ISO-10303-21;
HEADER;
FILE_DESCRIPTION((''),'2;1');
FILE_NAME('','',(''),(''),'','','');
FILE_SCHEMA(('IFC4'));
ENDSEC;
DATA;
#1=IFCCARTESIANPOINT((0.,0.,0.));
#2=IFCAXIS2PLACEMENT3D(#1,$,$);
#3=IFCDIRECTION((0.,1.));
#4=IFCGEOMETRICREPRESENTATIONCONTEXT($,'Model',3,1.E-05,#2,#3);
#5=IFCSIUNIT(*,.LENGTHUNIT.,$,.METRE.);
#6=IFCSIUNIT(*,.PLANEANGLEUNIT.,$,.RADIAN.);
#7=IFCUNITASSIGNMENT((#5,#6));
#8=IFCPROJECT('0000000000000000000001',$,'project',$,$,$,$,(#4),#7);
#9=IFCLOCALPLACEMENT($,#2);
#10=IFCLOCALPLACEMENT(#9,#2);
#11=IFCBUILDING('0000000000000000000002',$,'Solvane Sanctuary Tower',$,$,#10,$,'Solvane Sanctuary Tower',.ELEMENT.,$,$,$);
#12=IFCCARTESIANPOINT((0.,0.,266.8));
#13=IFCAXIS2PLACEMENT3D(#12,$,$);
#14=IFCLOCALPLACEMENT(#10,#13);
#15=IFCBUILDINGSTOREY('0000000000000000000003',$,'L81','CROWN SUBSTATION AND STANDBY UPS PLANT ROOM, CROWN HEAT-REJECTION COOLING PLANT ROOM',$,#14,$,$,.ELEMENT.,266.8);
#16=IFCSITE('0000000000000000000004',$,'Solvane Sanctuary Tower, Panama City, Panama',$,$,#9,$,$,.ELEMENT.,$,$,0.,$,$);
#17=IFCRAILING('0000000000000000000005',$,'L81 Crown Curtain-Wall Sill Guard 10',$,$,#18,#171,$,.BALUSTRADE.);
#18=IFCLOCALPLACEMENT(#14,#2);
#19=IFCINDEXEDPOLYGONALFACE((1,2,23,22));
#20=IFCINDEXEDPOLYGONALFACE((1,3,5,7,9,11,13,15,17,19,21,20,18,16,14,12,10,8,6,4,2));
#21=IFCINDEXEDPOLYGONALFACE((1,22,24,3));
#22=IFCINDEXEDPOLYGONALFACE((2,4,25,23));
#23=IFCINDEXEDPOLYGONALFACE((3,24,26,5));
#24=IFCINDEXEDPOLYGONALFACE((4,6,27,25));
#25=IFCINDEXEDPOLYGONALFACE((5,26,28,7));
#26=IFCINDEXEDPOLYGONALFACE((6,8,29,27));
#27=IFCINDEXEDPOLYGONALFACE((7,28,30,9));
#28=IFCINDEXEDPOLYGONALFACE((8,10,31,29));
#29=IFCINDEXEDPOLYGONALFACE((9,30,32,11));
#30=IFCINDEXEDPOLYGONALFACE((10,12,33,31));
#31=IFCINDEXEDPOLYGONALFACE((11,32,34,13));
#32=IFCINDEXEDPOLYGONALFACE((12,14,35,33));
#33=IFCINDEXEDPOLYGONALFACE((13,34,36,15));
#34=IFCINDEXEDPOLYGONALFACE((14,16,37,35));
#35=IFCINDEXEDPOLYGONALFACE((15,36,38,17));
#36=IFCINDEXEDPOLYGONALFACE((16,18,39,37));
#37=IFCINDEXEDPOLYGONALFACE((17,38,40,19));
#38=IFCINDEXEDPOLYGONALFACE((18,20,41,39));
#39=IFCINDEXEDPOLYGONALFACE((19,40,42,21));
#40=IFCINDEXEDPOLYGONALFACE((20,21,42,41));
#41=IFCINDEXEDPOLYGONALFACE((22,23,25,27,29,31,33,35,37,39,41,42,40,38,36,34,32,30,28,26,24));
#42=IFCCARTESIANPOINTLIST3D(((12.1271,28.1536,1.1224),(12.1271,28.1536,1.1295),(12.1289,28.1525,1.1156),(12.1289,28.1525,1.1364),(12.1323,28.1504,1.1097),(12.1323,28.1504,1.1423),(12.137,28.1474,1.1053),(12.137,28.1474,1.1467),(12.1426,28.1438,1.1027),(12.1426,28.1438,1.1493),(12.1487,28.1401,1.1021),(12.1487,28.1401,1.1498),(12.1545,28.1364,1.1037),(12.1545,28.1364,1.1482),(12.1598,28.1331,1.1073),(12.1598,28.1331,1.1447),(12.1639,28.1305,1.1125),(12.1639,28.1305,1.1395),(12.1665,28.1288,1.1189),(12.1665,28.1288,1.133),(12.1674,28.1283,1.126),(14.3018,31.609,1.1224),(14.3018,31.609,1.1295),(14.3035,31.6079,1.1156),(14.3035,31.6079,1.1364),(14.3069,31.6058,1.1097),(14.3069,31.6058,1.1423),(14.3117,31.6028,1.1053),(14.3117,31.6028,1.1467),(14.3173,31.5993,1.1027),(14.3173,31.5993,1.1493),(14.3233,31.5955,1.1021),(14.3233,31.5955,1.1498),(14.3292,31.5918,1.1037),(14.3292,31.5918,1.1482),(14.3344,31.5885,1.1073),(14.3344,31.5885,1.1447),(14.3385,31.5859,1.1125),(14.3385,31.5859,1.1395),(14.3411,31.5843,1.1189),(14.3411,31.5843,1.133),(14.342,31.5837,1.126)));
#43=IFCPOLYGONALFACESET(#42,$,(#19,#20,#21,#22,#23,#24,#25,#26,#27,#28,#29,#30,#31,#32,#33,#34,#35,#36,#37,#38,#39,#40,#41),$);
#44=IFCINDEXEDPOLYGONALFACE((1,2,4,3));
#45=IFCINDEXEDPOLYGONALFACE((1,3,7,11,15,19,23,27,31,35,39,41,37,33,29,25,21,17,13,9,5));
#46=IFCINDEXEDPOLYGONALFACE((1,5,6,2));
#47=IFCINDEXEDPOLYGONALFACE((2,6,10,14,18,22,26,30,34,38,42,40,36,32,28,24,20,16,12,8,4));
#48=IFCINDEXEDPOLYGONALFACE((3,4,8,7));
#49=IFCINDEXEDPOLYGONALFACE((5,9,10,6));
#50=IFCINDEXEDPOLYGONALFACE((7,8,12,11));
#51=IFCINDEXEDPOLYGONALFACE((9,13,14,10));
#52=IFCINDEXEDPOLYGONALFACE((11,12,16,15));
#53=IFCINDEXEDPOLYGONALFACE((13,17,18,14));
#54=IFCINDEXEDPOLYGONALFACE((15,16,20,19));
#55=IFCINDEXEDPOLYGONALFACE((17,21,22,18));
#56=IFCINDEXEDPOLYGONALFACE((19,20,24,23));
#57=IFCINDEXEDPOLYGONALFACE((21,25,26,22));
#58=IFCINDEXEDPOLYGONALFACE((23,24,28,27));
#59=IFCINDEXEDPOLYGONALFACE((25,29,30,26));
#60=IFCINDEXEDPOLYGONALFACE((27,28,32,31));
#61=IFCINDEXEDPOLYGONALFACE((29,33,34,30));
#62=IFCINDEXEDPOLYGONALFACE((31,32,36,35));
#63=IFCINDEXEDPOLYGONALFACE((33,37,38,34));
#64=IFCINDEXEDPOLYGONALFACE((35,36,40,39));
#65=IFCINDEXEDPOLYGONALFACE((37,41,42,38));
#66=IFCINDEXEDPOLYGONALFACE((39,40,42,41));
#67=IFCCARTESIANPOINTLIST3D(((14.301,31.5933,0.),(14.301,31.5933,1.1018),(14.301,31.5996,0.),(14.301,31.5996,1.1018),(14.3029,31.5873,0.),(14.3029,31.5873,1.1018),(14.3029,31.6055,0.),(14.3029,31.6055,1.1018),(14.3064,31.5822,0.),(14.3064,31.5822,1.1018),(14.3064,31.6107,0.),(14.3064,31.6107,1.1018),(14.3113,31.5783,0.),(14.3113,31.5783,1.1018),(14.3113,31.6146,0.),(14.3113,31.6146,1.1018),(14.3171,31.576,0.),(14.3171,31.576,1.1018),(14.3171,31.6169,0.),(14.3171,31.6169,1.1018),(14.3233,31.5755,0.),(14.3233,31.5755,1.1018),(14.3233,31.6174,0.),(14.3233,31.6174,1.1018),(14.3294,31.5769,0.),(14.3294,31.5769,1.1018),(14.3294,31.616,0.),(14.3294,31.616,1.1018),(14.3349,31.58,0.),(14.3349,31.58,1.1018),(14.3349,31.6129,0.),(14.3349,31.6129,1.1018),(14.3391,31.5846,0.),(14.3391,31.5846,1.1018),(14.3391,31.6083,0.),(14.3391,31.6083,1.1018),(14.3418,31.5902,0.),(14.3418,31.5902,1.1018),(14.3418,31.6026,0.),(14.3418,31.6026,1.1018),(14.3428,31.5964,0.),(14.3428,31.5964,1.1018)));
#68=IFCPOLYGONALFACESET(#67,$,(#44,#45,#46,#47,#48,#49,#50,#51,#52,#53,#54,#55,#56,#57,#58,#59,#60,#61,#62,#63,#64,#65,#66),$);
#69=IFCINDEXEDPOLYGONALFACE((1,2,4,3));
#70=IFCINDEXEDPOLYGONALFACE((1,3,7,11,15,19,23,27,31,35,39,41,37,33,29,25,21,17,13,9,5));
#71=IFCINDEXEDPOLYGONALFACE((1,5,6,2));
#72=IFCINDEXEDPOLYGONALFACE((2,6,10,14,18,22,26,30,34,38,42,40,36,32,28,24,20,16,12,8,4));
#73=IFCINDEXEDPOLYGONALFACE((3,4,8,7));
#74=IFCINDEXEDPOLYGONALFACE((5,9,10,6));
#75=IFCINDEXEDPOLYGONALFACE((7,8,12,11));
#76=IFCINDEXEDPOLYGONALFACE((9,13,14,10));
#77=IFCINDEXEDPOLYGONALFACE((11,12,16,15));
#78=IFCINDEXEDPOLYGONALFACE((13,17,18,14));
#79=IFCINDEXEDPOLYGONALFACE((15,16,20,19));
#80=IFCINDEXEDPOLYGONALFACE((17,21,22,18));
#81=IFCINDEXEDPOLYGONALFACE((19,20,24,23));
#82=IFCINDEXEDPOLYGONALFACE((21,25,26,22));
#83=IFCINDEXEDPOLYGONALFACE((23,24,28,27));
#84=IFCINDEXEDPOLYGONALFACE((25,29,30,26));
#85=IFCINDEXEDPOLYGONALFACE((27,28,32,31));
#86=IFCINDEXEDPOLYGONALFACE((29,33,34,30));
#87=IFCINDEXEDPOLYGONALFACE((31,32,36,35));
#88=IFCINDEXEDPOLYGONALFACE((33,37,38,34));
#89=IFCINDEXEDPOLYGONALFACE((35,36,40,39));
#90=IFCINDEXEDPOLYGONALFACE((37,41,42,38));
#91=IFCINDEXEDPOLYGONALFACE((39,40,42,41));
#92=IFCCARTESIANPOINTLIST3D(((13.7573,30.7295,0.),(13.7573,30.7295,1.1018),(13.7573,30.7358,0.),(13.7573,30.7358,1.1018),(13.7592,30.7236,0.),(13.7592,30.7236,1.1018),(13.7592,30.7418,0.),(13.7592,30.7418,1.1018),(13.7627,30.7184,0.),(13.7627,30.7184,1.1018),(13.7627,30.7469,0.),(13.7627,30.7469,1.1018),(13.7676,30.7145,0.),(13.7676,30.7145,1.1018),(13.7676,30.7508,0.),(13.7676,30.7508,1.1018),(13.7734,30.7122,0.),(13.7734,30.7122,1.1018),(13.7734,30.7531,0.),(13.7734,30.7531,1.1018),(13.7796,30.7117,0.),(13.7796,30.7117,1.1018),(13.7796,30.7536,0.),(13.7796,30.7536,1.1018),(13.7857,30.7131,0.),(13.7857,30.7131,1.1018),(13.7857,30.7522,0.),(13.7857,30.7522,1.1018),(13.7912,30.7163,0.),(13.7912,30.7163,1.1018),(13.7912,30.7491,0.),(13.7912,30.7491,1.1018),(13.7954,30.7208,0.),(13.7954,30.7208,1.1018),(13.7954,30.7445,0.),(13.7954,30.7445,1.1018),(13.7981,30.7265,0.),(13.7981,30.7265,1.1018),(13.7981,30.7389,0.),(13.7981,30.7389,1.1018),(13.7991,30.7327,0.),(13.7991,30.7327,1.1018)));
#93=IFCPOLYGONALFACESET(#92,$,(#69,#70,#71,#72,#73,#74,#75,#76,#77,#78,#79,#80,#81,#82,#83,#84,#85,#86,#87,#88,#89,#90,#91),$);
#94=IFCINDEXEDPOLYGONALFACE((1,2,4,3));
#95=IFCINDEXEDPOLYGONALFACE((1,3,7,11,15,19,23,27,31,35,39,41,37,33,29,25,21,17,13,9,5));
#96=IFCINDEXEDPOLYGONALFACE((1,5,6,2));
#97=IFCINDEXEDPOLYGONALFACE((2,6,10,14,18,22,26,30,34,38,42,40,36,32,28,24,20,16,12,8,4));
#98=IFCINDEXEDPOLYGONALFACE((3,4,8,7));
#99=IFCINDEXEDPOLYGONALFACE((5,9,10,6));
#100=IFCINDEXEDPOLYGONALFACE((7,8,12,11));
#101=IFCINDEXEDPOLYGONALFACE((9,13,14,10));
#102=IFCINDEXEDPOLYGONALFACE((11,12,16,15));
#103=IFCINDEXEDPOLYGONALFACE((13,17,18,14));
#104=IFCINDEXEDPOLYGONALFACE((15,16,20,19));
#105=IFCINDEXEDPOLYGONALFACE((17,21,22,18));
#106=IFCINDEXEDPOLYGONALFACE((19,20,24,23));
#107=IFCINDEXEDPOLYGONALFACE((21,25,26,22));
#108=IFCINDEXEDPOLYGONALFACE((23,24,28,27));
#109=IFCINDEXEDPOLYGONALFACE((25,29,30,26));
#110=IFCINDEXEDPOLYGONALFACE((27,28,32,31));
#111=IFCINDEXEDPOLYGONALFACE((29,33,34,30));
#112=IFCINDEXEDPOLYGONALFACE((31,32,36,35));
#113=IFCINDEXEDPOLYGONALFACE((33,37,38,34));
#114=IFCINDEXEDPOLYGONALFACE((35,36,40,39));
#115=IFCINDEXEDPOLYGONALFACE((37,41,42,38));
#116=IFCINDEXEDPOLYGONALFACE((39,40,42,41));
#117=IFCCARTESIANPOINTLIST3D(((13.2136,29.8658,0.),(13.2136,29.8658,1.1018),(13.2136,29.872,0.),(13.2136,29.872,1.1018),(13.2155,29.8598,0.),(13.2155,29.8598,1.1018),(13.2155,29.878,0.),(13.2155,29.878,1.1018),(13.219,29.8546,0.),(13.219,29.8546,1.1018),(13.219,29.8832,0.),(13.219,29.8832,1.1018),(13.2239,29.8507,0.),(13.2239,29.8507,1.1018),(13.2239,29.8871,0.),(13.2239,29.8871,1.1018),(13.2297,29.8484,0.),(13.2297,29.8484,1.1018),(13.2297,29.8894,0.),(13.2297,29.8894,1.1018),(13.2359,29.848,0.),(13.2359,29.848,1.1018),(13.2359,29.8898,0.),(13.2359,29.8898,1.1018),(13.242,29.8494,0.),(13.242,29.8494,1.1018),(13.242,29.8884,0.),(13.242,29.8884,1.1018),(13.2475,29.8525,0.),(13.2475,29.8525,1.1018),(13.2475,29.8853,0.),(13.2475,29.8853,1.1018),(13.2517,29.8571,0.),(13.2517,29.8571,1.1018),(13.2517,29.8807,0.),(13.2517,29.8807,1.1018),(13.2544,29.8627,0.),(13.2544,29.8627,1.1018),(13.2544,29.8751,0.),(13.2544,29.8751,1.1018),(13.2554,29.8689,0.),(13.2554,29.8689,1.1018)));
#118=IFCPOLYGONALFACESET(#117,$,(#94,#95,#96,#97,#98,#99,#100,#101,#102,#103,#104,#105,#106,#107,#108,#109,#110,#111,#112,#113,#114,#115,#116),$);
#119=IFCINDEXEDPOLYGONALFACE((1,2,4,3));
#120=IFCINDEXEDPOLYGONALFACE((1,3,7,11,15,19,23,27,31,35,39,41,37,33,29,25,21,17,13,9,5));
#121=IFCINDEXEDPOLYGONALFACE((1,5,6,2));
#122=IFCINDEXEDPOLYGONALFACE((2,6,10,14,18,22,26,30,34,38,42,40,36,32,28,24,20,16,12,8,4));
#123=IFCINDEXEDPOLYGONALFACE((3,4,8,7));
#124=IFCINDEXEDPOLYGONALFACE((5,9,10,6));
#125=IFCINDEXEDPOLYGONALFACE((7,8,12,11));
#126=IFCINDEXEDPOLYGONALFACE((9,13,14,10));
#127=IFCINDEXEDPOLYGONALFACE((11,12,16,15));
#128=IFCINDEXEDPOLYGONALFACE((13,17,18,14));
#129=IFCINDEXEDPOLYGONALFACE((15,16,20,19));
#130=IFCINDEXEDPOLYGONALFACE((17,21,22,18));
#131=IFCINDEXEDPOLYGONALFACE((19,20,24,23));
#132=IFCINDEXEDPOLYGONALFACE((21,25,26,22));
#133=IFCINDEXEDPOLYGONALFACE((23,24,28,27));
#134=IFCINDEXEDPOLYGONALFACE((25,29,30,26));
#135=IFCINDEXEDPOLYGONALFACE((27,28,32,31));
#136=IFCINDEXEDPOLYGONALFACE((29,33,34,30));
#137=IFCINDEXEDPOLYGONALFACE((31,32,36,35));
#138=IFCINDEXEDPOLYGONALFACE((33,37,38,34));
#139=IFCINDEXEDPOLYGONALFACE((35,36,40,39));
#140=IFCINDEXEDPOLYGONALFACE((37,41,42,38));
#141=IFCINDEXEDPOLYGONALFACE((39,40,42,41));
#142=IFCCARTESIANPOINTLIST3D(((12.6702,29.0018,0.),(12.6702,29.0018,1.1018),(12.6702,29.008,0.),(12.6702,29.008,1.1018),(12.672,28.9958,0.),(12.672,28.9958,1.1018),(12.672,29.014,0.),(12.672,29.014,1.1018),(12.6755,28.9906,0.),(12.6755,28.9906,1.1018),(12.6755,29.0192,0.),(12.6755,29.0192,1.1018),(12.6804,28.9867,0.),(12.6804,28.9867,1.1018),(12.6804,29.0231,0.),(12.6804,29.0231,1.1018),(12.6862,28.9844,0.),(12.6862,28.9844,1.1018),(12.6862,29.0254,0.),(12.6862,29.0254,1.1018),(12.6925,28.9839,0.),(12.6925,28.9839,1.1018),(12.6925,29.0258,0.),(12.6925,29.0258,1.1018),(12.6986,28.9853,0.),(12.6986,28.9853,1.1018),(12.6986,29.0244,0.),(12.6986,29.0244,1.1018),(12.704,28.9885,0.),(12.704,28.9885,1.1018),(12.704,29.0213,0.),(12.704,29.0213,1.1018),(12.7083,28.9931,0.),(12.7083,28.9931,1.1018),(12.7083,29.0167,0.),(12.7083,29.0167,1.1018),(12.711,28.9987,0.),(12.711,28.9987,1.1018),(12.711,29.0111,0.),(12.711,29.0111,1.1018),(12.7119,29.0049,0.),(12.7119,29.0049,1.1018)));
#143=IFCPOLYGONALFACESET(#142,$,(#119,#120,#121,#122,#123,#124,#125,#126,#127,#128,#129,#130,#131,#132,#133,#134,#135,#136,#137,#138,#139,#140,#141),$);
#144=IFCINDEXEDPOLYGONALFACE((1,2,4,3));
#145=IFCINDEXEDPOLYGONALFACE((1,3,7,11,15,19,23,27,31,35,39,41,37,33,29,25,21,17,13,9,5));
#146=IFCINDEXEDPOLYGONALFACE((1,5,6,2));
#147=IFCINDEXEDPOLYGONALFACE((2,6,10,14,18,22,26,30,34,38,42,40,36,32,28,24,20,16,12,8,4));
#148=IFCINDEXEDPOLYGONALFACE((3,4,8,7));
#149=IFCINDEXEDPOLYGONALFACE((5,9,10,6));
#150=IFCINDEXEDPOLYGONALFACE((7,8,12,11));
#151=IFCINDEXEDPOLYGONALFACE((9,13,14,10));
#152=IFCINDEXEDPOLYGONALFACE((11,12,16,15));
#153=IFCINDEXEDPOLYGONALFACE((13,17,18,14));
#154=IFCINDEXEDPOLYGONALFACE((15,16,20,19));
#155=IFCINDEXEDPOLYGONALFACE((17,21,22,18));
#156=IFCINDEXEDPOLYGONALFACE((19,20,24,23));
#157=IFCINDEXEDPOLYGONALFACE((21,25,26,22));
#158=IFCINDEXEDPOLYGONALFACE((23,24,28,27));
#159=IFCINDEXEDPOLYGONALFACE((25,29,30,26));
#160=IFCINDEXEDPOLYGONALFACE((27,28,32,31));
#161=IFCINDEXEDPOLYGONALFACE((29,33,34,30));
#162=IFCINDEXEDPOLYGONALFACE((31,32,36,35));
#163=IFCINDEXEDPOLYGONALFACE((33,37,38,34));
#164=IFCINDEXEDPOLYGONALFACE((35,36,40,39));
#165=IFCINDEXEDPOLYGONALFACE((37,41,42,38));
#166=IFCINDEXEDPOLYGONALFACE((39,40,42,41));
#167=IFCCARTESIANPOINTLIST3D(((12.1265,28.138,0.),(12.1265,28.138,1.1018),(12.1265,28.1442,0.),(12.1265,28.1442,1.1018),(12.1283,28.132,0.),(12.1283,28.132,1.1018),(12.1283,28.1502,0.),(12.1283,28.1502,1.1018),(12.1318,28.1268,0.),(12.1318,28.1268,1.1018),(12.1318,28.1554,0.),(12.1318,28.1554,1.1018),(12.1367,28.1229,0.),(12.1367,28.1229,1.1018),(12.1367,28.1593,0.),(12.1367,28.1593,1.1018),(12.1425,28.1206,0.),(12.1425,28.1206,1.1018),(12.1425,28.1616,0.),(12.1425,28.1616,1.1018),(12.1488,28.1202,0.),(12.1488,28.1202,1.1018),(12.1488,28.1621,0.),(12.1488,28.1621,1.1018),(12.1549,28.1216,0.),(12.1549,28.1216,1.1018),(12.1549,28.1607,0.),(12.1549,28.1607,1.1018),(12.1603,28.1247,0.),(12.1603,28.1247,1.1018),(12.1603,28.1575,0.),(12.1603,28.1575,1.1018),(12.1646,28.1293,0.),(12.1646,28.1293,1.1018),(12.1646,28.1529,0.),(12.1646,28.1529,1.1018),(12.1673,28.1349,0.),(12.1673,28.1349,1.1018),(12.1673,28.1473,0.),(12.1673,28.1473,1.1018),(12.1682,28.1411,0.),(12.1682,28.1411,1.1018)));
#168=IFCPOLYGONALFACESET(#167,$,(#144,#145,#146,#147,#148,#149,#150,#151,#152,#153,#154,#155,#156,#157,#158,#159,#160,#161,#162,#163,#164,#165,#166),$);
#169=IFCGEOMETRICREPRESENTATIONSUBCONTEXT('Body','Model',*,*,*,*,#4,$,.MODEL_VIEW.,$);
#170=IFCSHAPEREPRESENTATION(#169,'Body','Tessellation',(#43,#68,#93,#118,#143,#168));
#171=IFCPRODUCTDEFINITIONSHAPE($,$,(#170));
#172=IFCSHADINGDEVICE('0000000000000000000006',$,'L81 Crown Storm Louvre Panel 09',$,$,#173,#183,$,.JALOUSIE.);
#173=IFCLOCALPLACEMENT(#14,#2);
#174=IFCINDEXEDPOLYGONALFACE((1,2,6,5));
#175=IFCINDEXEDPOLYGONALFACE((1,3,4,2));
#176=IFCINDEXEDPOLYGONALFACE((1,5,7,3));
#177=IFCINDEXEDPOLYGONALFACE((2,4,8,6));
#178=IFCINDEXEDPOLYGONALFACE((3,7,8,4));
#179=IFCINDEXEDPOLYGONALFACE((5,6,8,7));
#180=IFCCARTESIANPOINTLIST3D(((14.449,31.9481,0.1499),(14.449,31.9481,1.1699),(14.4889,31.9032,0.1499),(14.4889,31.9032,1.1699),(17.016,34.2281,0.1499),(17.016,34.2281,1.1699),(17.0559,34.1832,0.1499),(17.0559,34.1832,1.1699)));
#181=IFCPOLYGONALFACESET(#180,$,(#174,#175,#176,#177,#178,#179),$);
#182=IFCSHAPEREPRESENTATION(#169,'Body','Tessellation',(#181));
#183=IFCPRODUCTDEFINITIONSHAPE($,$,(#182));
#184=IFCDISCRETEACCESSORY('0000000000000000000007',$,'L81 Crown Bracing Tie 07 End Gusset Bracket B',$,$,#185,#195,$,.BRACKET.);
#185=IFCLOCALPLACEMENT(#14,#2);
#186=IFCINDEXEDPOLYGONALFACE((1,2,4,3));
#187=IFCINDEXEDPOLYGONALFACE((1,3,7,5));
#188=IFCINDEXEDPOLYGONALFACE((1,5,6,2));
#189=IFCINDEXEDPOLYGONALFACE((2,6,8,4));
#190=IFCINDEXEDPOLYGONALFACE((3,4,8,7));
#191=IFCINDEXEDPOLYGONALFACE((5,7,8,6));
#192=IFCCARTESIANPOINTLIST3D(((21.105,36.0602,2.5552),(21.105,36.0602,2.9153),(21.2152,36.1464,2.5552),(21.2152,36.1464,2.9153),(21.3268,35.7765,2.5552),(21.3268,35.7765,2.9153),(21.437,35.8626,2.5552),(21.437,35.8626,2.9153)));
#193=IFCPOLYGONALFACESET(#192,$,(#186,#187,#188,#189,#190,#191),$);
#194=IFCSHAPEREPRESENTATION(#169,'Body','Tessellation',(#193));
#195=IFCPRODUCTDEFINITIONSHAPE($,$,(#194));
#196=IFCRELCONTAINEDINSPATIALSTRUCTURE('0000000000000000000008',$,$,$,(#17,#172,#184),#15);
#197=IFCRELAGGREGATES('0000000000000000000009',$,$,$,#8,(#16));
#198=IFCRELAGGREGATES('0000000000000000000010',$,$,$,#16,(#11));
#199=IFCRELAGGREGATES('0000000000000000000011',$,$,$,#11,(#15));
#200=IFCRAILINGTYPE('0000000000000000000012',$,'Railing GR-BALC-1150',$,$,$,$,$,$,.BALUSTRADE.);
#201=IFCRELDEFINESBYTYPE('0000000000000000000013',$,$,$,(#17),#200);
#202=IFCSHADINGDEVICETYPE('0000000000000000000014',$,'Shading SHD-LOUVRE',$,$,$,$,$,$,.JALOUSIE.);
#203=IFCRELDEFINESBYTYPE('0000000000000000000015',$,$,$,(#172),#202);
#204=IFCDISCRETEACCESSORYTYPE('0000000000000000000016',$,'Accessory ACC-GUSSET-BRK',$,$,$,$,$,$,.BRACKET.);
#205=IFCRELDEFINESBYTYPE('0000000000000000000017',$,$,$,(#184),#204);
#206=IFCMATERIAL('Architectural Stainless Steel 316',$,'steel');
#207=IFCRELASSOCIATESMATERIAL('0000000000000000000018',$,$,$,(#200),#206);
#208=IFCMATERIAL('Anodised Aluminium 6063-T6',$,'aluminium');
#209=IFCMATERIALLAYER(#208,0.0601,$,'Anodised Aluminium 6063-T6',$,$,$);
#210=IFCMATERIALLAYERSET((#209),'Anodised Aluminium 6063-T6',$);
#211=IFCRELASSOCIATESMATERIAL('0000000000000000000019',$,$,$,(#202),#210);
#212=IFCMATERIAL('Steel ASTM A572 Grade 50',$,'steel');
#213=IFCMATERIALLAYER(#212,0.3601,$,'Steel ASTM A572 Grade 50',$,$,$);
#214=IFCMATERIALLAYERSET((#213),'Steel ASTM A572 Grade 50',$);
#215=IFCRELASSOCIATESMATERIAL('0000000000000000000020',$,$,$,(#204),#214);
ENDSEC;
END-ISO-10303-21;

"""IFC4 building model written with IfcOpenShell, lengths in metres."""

from ifc_helpers import new_model, si_unit, direction, frame, origin, origin_2d, place, context, subcontext, project, spatial, rectangle, circle, extrude, material, layer, layer_set, type_object, element, save


model = new_model("IFC4")

# Units and contexts
model_context = context("Model", 3, precision=1e-05, world=origin(), true_north=direction((0.0, 1.0)))
body_context = subcontext(model_context, "Body", "Model", "MODEL_VIEW")
ifc_project = project(units=[si_unit("LENGTHUNIT", "METRE"), si_unit("PLANEANGLEUNIT", "RADIAN")], contexts=[model_context])

# Site, building, storey
site_placement = place(None, origin())
site = spatial("IfcSite", under=ifc_project, at=site_placement, Name="Solvane Sanctuary Tower, Panama City, Panama", CompositionType="ELEMENT", RefElevation=0.0)
building_placement = place(site_placement, origin())
building = spatial("IfcBuilding", under=site, at=building_placement, Name="Solvane Sanctuary Tower", LongName="Solvane Sanctuary Tower", CompositionType="ELEMENT")
storey_placement = place(building_placement, frame((0.0, 0.0, 266.8)))
storey = spatial("IfcBuildingStorey", under=building, at=storey_placement, Name="L81", Description="CROWN SUBSTATION AND STANDBY UPS PLANT ROOM, CROWN HEAT-REJECTION COOLING PLANT ROOM", CompositionType="ELEMENT", Elevation=266.8)

# Shared definitions
ifc_material_1 = material(Name="Anodised Aluminium 6063-T6", Category="aluminium")

# Railing
ifc_material_2 = material(Name="Architectural Stainless Steel 316", Category="steel")
railing_type = type_object("IfcRailingType", Name="Railing GR-BALC-1150", PredefinedType="BALUSTRADE", material=ifc_material_2)
railing_1_placement = place(storey_placement, frame((14.3218, 31.5964, 0.0)))
element("IfcRailing", 1, at=railing_1_placement, inside=storey, type_object=railing_type, Name="L81 Crown Curtain-Wall Sill Guard 10", PredefinedType="BALUSTRADE", context=body_context, shape_type="SweptSolid", body=[
    extrude(circle(Radius=0.0239, at=origin_2d()), frame((0.0, 0.0, 1.126), z_axis=(-0.532636, -0.846345, 0.0), x_axis=(0.846345, -0.532636, 0.0)), (0.0, 0.0, 1.0), 4.0828),
    extrude(circle(Radius=0.021, at=origin_2d()), origin(), (0.0, 0.0, 1.0), 1.1018),
    extrude(circle(Radius=0.021, at=origin_2d()), frame((-0.5437, -0.8638, 0.0)), (0.0, 0.0, 1.0), 1.1018),
    extrude(circle(Radius=0.021, at=origin_2d()), frame((-1.0874, -1.7275, 0.0)), (0.0, 0.0, 1.0), 1.1018),
    extrude(circle(Radius=0.021, at=origin_2d()), frame((-1.6309, -2.5916, 0.0)), (0.0, 0.0, 1.0), 1.1018),
    extrude(circle(Radius=0.021, at=origin_2d()), frame((-2.1746, -3.4553, 0.0)), (0.0, 0.0, 1.0), 1.1018),
])

# Shading device
ifc_layer_1 = layer(ifc_material_1, 0.0601, Name="Anodised Aluminium 6063-T6")
ifc_layer_set_1 = layer_set([ifc_layer_1], Name="Anodised Aluminium 6063-T6")
shading_device_type = type_object("IfcShadingDeviceType", Name="Shading SHD-LOUVRE", PredefinedType="JALOUSIE", material=ifc_layer_set_1)
shading_device_placement = place(storey_placement, frame((15.7524, 33.0657, 0.1499), z_axis=(0.0, 0.0, 1.0), x_axis=(-0.747659, -0.664083, 0.0)))
element("IfcShadingDevice", 2, at=shading_device_placement, inside=storey, type_object=shading_device_type, Name="L81 Crown Storm Louvre Panel 09", PredefinedType="JALOUSIE", context=body_context, shape_type="SweptSolid", body=[
    extrude(rectangle(XDim=3.4333, YDim=0.0601, at=origin_2d()), origin(), (0.0, 0.0, 1.0), 1.02),
])

# Discrete accessory
ifc_material_3 = material(Name="Steel ASTM A572 Grade 50", Category="steel")
ifc_layer_2 = layer(ifc_material_3, 0.3601, Name="Steel ASTM A572 Grade 50")
ifc_layer_set_2 = layer_set([ifc_layer_2], Name="Steel ASTM A572 Grade 50")
discrete_accessory_type = type_object("IfcDiscreteAccessoryType", Name="Accessory ACC-GUSSET-BRK", PredefinedType="BRACKET", material=ifc_layer_set_2)
discrete_accessory_placement = place(storey_placement, frame((21.271, 35.9614, 2.5552), z_axis=(0.0, 0.0, 1.0), x_axis=(-0.615799, 0.787903, 0.0)))
element("IfcDiscreteAccessory", 3, at=discrete_accessory_placement, inside=storey, type_object=discrete_accessory_type, Name="L81 Crown Bracing Tie 07 End Gusset Bracket B", PredefinedType="BRACKET", context=body_context, shape_type="SweptSolid", body=[
    extrude(rectangle(XDim=0.3601, YDim=0.1399, at=origin_2d()), origin(), (0.0, 0.0, 1.0), 0.3601),
])

save(model, "model.ifc")
